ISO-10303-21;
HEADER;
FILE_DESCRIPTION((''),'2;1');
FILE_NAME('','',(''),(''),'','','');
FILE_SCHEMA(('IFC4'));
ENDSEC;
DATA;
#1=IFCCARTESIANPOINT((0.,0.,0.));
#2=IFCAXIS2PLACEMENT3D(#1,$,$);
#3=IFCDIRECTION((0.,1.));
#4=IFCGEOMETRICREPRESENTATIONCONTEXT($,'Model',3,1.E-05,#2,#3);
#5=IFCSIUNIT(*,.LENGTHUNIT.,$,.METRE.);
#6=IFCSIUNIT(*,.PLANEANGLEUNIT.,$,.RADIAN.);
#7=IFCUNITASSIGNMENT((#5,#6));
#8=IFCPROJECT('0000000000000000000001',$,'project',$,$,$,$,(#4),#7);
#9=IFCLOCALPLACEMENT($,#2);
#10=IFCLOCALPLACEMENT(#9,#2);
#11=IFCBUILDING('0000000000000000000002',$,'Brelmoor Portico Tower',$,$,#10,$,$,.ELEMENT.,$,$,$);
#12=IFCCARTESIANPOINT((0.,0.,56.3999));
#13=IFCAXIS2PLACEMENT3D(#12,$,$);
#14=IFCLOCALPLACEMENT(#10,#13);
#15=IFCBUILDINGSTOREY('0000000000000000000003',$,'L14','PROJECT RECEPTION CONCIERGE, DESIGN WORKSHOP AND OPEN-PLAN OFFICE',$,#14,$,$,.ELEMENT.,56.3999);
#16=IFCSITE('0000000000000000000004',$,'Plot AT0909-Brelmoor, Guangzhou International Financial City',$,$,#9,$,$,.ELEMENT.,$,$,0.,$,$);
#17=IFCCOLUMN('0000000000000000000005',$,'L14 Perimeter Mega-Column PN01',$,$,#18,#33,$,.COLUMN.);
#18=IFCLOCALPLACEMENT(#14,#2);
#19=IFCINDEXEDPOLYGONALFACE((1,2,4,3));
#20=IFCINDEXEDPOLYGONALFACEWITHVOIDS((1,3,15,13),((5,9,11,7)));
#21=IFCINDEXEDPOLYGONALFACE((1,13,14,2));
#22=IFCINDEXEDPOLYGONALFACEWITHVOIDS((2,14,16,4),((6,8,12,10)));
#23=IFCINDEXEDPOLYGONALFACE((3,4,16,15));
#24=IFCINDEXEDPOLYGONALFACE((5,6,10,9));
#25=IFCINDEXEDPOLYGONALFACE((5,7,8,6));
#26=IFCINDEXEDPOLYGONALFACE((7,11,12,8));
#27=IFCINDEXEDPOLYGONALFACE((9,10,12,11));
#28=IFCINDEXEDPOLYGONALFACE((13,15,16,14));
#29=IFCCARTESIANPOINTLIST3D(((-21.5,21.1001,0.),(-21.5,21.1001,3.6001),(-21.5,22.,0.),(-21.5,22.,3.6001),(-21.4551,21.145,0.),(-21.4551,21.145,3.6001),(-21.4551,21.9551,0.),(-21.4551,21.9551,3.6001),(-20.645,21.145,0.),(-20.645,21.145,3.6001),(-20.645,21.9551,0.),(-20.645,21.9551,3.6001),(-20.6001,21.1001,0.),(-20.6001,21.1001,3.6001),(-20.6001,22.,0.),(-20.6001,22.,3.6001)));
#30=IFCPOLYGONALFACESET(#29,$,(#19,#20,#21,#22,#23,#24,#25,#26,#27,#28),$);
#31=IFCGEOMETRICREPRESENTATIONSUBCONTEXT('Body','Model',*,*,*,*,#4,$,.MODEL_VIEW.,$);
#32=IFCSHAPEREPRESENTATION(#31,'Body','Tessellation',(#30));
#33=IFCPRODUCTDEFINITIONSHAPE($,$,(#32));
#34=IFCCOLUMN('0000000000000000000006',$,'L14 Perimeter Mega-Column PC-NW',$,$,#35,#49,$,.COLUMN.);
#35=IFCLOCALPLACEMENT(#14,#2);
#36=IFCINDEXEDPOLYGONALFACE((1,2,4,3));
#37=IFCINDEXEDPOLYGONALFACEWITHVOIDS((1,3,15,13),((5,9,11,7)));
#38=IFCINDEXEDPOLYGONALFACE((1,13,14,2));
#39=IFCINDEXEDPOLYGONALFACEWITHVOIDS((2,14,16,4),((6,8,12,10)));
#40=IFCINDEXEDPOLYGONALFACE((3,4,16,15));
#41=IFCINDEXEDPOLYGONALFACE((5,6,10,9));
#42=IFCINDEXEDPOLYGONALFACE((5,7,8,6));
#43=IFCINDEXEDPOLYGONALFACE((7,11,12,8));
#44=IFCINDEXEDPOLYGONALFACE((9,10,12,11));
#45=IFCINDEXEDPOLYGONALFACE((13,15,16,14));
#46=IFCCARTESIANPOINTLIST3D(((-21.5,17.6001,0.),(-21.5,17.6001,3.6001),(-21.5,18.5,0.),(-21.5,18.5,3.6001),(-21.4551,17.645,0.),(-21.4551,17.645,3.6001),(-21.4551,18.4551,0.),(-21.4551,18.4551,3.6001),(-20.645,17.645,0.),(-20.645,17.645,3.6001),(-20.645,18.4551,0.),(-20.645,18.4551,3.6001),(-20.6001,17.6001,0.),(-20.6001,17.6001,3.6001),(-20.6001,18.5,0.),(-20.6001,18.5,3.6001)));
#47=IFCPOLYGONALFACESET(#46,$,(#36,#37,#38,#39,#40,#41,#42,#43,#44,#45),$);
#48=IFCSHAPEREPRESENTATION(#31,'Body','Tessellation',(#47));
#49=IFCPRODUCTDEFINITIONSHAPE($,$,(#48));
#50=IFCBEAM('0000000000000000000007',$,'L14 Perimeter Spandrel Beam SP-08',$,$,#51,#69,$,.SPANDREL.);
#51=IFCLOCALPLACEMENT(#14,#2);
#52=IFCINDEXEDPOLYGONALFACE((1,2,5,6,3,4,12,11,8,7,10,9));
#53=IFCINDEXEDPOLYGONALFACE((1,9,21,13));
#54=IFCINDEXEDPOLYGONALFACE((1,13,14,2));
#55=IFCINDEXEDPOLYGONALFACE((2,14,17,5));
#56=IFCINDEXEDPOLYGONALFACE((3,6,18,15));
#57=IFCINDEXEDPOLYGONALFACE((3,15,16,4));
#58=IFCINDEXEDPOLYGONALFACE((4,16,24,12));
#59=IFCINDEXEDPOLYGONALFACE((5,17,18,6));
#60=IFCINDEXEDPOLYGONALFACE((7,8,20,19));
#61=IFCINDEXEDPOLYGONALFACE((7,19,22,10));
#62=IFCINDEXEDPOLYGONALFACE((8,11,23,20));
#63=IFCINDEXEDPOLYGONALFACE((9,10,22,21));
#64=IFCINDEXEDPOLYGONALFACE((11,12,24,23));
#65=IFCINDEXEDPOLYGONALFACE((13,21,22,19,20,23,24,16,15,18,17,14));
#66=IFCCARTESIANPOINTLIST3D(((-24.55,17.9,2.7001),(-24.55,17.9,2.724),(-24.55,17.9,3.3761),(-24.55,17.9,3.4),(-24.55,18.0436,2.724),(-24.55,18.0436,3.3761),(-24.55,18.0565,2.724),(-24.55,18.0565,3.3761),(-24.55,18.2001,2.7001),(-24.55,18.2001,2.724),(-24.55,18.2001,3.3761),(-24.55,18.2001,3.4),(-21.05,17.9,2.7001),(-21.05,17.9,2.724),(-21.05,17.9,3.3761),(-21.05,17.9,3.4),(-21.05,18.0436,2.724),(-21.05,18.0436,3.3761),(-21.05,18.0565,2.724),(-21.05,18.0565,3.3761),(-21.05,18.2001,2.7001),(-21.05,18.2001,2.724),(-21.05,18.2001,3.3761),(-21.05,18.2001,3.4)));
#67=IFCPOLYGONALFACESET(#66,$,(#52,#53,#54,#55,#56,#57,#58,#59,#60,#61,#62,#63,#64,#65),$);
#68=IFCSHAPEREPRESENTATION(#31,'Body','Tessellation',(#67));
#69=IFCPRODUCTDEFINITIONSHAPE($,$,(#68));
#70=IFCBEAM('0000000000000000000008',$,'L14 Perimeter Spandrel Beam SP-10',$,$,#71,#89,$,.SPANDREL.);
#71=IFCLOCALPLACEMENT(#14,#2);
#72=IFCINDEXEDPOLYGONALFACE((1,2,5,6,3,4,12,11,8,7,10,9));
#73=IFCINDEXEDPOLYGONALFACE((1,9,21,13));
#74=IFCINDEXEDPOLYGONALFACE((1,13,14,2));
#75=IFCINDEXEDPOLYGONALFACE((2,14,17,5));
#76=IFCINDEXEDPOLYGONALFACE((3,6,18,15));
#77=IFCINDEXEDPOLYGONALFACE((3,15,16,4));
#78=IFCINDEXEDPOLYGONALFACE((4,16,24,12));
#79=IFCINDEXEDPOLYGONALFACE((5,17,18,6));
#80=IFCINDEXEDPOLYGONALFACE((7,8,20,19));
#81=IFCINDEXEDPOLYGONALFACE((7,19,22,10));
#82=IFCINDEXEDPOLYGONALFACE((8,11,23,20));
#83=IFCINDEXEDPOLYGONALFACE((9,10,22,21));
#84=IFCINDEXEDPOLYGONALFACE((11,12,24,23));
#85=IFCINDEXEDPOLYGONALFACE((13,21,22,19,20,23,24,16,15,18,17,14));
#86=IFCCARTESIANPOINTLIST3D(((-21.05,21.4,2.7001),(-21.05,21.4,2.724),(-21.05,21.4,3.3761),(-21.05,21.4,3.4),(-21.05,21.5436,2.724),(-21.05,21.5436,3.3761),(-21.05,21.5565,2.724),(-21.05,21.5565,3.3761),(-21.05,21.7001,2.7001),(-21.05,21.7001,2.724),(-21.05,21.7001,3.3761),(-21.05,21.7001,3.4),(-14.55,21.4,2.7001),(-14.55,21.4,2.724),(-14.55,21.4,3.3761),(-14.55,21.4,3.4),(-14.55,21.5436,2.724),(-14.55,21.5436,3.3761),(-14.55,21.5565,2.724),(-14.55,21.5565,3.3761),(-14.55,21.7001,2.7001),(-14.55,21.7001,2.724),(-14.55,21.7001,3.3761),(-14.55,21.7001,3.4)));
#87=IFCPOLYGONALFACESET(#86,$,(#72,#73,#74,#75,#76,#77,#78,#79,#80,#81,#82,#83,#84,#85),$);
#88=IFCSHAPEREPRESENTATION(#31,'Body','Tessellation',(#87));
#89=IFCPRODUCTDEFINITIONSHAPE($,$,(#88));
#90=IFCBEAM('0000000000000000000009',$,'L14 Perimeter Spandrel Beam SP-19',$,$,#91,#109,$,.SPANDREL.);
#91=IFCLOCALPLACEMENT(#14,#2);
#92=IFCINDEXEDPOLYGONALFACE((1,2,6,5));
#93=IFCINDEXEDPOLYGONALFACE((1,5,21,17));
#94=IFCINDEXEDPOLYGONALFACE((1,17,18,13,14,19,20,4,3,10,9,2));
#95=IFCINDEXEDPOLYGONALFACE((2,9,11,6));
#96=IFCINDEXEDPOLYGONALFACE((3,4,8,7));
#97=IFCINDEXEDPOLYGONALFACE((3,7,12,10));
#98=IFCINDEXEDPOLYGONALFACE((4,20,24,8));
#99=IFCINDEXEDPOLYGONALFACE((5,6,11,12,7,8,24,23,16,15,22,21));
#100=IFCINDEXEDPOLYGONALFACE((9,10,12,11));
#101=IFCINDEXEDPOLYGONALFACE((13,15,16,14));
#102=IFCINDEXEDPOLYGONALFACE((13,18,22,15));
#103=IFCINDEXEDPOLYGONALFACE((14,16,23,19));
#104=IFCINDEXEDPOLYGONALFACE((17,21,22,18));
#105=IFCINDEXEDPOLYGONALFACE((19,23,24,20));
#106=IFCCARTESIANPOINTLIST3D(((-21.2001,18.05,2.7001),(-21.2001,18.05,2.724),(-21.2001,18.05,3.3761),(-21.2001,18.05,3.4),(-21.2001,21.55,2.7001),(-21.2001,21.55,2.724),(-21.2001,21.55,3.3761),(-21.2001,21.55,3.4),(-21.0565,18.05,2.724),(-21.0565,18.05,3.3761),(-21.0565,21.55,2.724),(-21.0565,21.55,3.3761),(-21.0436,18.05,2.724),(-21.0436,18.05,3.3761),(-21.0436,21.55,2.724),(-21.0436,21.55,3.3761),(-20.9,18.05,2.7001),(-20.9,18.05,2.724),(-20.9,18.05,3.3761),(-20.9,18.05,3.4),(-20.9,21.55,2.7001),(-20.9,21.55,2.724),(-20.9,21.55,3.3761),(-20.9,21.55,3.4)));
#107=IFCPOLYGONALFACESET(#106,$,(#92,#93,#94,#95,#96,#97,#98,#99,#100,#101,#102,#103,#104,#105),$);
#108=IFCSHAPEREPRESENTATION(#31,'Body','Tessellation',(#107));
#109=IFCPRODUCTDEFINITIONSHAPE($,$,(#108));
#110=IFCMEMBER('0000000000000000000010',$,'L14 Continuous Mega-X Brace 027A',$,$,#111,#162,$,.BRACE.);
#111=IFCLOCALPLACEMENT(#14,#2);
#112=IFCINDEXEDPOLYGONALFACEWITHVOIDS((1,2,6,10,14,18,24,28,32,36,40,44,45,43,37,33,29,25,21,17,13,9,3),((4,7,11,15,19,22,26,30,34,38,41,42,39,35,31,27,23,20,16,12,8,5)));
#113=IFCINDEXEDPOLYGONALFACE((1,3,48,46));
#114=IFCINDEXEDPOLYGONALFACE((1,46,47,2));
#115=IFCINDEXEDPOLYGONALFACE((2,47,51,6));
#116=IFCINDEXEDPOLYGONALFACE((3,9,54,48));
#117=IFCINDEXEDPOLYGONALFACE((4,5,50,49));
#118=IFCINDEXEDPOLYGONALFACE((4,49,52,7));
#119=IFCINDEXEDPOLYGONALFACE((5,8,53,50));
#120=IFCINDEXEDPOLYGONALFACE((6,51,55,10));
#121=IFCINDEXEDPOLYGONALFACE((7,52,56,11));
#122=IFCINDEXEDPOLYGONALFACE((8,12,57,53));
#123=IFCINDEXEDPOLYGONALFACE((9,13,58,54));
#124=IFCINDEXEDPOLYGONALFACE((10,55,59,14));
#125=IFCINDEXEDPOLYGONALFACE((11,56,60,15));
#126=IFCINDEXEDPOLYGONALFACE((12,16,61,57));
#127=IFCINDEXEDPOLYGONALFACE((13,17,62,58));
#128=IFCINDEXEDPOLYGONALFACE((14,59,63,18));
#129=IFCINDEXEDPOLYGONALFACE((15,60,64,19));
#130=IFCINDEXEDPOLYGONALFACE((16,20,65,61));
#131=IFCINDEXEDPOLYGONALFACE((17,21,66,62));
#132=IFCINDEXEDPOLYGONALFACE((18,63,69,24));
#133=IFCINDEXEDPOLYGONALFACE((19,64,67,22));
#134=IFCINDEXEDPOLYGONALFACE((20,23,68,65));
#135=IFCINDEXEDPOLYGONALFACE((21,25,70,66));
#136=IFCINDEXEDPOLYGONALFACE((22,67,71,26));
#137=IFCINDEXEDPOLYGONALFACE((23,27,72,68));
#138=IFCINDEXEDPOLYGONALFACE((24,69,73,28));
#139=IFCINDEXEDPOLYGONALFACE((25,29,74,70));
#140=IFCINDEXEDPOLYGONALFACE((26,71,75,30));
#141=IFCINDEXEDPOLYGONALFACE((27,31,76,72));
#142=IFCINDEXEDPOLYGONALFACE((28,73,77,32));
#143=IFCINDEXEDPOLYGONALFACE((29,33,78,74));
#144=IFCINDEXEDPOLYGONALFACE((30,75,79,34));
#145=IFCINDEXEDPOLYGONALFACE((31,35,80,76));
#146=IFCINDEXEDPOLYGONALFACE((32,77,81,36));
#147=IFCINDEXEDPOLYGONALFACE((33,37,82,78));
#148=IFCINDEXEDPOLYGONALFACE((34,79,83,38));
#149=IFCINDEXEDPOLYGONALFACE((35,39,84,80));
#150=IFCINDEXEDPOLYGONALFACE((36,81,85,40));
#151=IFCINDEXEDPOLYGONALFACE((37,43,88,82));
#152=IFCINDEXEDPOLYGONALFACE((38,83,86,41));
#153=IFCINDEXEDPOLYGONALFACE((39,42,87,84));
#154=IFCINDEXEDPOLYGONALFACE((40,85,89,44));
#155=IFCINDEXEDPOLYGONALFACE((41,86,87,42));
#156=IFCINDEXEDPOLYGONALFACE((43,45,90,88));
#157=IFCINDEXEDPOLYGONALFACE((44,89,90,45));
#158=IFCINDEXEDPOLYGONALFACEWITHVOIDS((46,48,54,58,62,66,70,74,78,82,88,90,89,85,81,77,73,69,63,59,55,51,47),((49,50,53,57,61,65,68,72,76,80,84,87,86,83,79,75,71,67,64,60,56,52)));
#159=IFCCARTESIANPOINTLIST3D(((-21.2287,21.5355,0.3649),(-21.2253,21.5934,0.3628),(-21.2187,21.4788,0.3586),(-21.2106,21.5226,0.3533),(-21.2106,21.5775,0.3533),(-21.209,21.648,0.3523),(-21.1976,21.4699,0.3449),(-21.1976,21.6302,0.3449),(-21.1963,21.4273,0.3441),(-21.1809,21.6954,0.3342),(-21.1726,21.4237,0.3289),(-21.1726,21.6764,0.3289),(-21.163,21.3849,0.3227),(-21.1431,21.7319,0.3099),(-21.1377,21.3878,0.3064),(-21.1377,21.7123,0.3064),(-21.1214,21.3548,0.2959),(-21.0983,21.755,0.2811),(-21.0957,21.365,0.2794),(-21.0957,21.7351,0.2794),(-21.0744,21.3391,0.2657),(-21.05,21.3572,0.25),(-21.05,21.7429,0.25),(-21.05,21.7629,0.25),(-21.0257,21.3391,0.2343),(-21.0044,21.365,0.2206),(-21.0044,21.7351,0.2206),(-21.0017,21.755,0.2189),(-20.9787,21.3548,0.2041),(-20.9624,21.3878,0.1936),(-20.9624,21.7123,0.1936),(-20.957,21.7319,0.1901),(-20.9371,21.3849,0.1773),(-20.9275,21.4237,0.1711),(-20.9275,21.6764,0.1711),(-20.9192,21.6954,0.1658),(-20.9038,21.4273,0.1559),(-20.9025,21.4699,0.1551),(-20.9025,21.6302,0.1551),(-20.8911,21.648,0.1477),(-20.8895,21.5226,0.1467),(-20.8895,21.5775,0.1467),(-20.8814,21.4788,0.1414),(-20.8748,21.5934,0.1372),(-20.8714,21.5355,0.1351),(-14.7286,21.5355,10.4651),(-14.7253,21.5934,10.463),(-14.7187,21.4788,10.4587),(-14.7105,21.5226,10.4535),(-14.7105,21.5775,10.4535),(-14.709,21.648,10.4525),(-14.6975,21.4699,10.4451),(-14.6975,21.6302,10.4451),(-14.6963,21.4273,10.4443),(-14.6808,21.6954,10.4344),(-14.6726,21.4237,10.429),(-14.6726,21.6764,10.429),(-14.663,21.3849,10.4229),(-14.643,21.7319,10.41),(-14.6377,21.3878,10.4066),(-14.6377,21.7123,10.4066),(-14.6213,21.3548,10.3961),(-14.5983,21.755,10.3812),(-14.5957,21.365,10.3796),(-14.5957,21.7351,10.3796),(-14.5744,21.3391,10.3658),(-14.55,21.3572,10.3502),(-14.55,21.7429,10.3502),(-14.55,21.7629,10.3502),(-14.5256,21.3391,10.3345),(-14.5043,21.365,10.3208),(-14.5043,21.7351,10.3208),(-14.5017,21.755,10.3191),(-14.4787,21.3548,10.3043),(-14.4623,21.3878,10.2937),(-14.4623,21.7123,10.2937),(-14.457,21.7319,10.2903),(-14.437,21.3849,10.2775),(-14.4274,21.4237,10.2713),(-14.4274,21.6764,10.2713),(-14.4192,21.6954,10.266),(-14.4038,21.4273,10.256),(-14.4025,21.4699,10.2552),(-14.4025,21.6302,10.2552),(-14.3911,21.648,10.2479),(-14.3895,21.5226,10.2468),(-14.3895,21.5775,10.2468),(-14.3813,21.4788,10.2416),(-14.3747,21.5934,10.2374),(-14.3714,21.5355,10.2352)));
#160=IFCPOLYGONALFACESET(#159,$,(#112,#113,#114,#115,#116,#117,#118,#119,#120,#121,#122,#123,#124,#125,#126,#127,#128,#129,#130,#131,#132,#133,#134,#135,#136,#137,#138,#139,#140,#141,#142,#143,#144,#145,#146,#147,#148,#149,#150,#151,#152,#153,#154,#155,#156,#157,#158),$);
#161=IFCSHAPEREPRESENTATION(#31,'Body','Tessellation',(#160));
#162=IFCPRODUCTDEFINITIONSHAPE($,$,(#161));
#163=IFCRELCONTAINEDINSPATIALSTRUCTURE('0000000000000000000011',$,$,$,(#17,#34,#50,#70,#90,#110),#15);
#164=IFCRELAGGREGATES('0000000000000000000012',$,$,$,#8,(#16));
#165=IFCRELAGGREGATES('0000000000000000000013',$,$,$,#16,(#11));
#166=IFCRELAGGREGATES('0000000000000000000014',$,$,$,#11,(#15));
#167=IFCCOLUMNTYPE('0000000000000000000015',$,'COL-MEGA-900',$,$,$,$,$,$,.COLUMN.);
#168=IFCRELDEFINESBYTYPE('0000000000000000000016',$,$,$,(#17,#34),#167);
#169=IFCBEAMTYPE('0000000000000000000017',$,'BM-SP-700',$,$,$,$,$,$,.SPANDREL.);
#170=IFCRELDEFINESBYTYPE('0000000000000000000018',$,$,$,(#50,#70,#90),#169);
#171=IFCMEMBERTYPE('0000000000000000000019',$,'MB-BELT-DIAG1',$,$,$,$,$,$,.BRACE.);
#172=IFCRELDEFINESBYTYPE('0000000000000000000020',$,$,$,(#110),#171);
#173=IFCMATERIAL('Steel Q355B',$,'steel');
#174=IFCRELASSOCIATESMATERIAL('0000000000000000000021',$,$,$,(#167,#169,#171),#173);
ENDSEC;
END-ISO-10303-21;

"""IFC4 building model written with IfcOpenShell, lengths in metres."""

from ifc_helpers import new_model, si_unit, direction, frame, origin, origin_2d, place, context, subcontext, project, spatial, hollow_rectangle, hollow_circle, i_section, extrude, material, material_profile, profile_set, type_object, element, save


model = new_model("IFC4")

# Units and contexts
model_context = context("Model", 3, precision=1e-05, world=origin(), true_north=direction((0.0, 1.0)))
body_context = subcontext(model_context, "Body", "Model", "MODEL_VIEW")
ifc_project = project(units=[si_unit("LENGTHUNIT", "METRE"), si_unit("PLANEANGLEUNIT", "RADIAN")], contexts=[model_context])

# Site, building, storey
site_placement = place(None, origin())
site = spatial("IfcSite", under=ifc_project, at=site_placement, Name="Plot AT0909-Brelmoor, Guangzhou International Financial City", CompositionType="ELEMENT", RefElevation=0.0)
building_placement = place(site_placement, origin())
building = spatial("IfcBuilding", under=site, at=building_placement, Name="Brelmoor Portico Tower", CompositionType="ELEMENT")
storey_placement = place(building_placement, frame((0.0, 0.0, 56.3999)))
storey = spatial("IfcBuildingStorey", under=building, at=storey_placement, Name="L14", Description="PROJECT RECEPTION CONCIERGE, DESIGN WORKSHOP AND OPEN-PLAN OFFICE", CompositionType="ELEMENT", Elevation=56.3999)

# Columns
ifc_material_1 = material(Name="Steel Q355B", Category="steel")
ifc_material_profile_1 = material_profile(ifc_material_1, hollow_rectangle(XDim=0.8999, YDim=0.8999, WallThickness=0.0449, at=origin_2d()), Name="BOX 900x900x45")
ifc_profile_set_1 = profile_set([ifc_material_profile_1], Name="Steel Q355B")
column_type = type_object("IfcColumnType", Name="COL-MEGA-900", PredefinedType="COLUMN", material=ifc_profile_set_1)
for number, where, z_axis, x_axis, name in (
    (1, (-21.05, 21.55, 0.0), (0.0, 0.0, 1.0), (1.0, 0.0, 0.0), "L14 Perimeter Mega-Column PN01"),
    (2, (-21.05, 18.05, 0.0), (0.0, 0.0, 1.0), (1.0, 0.0, 0.0), "L14 Perimeter Mega-Column PC-NW"),
):
    element("IfcColumn", number, at=place(storey_placement, frame(where, z_axis=z_axis, x_axis=x_axis)), inside=storey, type_object=column_type, Name=name, PredefinedType="COLUMN", context=body_context, shape_type="SweptSolid", body=[
        extrude(hollow_rectangle(XDim=0.8999, YDim=0.8999, WallThickness=0.0449, at=origin_2d()), origin(), (0.0, 0.0, 1.0), 3.6001),
    ])

# Beams
ifc_material_profile_2 = material_profile(ifc_material_1, i_section(OverallWidth=0.3, OverallDepth=0.7, WebThickness=0.0129, FlangeThickness=0.0239, at=origin_2d()), Name="HN 700x300x13x24")
ifc_profile_set_2 = profile_set([ifc_material_profile_2], Name="Steel Q355B")
beam_type = type_object("IfcBeamType", Name="BM-SP-700", PredefinedType="SPANDREL", material=ifc_profile_set_2)
beam_1_placement = place(storey_placement, frame((-24.55, 18.05, 3.05), z_axis=(1.0, 0.0, 0.0), x_axis=(0.0, 1.0, 0.0)))
element("IfcBeam", 3, at=beam_1_placement, inside=storey, type_object=beam_type, Name="L14 Perimeter Spandrel Beam SP-08", PredefinedType="SPANDREL", context=body_context, shape_type="SweptSolid", body=[
    extrude(i_section(OverallWidth=0.3, OverallDepth=0.7, WebThickness=0.0129, FlangeThickness=0.0239, at=origin_2d()), origin(), (0.0, 0.0, 1.0), 3.5),
])
beam_2_placement = place(storey_placement, frame((-21.05, 21.55, 3.05), z_axis=(1.0, 0.0, 0.0), x_axis=(0.0, 1.0, 0.0)))
element("IfcBeam", 4, at=beam_2_placement, inside=storey, type_object=beam_type, Name="L14 Perimeter Spandrel Beam SP-10", PredefinedType="SPANDREL", context=body_context, shape_type="SweptSolid", body=[
    extrude(i_section(OverallWidth=0.3, OverallDepth=0.7, WebThickness=0.0129, FlangeThickness=0.0239, at=origin_2d()), origin(), (0.0, 0.0, 1.0), 6.5),
])
beam_3_placement = place(storey_placement, frame((-21.05, 18.05, 3.05), z_axis=(0.0, 1.0, 0.0), x_axis=(-1.0, 0.0, 0.0)))
element("IfcBeam", 5, at=beam_3_placement, inside=storey, type_object=beam_type, Name="L14 Perimeter Spandrel Beam SP-19", PredefinedType="SPANDREL", context=body_context, shape_type="SweptSolid", body=[
    extrude(i_section(OverallWidth=0.3, OverallDepth=0.7, WebThickness=0.0129, FlangeThickness=0.0239, at=origin_2d()), origin(), (0.0, 0.0, 1.0), 3.5),
])

# Member
ifc_material_profile_3 = material_profile(ifc_material_1, hollow_circle(Radius=0.2129, WallThickness=0.02, at=origin_2d()), Name="CHS 426x20")
ifc_profile_set_3 = profile_set([ifc_material_profile_3], Name="Steel Q355B")
member_type_1 = type_object("IfcMemberType", Name="MB-BELT-DIAG1", PredefinedType="BRACE", material=ifc_profile_set_3)
member_1_placement = place(storey_placement, frame((-21.05, 21.55, 0.25), z_axis=(0.541175, 0.0, 0.84091), x_axis=(0.0, 1.0, 0.0)))
element("IfcMember", 6, at=member_1_placement, inside=storey, type_object=member_type_1, Name="L14 Continuous Mega-X Brace 027A", PredefinedType="BRACE", context=body_context, shape_type="SweptSolid", body=[
    extrude(hollow_circle(Radius=0.2129, WallThickness=0.02, at=origin_2d()), origin(), (0.0, 0.0, 1.0), 12.011),
])

save(model, "model.ifc")
